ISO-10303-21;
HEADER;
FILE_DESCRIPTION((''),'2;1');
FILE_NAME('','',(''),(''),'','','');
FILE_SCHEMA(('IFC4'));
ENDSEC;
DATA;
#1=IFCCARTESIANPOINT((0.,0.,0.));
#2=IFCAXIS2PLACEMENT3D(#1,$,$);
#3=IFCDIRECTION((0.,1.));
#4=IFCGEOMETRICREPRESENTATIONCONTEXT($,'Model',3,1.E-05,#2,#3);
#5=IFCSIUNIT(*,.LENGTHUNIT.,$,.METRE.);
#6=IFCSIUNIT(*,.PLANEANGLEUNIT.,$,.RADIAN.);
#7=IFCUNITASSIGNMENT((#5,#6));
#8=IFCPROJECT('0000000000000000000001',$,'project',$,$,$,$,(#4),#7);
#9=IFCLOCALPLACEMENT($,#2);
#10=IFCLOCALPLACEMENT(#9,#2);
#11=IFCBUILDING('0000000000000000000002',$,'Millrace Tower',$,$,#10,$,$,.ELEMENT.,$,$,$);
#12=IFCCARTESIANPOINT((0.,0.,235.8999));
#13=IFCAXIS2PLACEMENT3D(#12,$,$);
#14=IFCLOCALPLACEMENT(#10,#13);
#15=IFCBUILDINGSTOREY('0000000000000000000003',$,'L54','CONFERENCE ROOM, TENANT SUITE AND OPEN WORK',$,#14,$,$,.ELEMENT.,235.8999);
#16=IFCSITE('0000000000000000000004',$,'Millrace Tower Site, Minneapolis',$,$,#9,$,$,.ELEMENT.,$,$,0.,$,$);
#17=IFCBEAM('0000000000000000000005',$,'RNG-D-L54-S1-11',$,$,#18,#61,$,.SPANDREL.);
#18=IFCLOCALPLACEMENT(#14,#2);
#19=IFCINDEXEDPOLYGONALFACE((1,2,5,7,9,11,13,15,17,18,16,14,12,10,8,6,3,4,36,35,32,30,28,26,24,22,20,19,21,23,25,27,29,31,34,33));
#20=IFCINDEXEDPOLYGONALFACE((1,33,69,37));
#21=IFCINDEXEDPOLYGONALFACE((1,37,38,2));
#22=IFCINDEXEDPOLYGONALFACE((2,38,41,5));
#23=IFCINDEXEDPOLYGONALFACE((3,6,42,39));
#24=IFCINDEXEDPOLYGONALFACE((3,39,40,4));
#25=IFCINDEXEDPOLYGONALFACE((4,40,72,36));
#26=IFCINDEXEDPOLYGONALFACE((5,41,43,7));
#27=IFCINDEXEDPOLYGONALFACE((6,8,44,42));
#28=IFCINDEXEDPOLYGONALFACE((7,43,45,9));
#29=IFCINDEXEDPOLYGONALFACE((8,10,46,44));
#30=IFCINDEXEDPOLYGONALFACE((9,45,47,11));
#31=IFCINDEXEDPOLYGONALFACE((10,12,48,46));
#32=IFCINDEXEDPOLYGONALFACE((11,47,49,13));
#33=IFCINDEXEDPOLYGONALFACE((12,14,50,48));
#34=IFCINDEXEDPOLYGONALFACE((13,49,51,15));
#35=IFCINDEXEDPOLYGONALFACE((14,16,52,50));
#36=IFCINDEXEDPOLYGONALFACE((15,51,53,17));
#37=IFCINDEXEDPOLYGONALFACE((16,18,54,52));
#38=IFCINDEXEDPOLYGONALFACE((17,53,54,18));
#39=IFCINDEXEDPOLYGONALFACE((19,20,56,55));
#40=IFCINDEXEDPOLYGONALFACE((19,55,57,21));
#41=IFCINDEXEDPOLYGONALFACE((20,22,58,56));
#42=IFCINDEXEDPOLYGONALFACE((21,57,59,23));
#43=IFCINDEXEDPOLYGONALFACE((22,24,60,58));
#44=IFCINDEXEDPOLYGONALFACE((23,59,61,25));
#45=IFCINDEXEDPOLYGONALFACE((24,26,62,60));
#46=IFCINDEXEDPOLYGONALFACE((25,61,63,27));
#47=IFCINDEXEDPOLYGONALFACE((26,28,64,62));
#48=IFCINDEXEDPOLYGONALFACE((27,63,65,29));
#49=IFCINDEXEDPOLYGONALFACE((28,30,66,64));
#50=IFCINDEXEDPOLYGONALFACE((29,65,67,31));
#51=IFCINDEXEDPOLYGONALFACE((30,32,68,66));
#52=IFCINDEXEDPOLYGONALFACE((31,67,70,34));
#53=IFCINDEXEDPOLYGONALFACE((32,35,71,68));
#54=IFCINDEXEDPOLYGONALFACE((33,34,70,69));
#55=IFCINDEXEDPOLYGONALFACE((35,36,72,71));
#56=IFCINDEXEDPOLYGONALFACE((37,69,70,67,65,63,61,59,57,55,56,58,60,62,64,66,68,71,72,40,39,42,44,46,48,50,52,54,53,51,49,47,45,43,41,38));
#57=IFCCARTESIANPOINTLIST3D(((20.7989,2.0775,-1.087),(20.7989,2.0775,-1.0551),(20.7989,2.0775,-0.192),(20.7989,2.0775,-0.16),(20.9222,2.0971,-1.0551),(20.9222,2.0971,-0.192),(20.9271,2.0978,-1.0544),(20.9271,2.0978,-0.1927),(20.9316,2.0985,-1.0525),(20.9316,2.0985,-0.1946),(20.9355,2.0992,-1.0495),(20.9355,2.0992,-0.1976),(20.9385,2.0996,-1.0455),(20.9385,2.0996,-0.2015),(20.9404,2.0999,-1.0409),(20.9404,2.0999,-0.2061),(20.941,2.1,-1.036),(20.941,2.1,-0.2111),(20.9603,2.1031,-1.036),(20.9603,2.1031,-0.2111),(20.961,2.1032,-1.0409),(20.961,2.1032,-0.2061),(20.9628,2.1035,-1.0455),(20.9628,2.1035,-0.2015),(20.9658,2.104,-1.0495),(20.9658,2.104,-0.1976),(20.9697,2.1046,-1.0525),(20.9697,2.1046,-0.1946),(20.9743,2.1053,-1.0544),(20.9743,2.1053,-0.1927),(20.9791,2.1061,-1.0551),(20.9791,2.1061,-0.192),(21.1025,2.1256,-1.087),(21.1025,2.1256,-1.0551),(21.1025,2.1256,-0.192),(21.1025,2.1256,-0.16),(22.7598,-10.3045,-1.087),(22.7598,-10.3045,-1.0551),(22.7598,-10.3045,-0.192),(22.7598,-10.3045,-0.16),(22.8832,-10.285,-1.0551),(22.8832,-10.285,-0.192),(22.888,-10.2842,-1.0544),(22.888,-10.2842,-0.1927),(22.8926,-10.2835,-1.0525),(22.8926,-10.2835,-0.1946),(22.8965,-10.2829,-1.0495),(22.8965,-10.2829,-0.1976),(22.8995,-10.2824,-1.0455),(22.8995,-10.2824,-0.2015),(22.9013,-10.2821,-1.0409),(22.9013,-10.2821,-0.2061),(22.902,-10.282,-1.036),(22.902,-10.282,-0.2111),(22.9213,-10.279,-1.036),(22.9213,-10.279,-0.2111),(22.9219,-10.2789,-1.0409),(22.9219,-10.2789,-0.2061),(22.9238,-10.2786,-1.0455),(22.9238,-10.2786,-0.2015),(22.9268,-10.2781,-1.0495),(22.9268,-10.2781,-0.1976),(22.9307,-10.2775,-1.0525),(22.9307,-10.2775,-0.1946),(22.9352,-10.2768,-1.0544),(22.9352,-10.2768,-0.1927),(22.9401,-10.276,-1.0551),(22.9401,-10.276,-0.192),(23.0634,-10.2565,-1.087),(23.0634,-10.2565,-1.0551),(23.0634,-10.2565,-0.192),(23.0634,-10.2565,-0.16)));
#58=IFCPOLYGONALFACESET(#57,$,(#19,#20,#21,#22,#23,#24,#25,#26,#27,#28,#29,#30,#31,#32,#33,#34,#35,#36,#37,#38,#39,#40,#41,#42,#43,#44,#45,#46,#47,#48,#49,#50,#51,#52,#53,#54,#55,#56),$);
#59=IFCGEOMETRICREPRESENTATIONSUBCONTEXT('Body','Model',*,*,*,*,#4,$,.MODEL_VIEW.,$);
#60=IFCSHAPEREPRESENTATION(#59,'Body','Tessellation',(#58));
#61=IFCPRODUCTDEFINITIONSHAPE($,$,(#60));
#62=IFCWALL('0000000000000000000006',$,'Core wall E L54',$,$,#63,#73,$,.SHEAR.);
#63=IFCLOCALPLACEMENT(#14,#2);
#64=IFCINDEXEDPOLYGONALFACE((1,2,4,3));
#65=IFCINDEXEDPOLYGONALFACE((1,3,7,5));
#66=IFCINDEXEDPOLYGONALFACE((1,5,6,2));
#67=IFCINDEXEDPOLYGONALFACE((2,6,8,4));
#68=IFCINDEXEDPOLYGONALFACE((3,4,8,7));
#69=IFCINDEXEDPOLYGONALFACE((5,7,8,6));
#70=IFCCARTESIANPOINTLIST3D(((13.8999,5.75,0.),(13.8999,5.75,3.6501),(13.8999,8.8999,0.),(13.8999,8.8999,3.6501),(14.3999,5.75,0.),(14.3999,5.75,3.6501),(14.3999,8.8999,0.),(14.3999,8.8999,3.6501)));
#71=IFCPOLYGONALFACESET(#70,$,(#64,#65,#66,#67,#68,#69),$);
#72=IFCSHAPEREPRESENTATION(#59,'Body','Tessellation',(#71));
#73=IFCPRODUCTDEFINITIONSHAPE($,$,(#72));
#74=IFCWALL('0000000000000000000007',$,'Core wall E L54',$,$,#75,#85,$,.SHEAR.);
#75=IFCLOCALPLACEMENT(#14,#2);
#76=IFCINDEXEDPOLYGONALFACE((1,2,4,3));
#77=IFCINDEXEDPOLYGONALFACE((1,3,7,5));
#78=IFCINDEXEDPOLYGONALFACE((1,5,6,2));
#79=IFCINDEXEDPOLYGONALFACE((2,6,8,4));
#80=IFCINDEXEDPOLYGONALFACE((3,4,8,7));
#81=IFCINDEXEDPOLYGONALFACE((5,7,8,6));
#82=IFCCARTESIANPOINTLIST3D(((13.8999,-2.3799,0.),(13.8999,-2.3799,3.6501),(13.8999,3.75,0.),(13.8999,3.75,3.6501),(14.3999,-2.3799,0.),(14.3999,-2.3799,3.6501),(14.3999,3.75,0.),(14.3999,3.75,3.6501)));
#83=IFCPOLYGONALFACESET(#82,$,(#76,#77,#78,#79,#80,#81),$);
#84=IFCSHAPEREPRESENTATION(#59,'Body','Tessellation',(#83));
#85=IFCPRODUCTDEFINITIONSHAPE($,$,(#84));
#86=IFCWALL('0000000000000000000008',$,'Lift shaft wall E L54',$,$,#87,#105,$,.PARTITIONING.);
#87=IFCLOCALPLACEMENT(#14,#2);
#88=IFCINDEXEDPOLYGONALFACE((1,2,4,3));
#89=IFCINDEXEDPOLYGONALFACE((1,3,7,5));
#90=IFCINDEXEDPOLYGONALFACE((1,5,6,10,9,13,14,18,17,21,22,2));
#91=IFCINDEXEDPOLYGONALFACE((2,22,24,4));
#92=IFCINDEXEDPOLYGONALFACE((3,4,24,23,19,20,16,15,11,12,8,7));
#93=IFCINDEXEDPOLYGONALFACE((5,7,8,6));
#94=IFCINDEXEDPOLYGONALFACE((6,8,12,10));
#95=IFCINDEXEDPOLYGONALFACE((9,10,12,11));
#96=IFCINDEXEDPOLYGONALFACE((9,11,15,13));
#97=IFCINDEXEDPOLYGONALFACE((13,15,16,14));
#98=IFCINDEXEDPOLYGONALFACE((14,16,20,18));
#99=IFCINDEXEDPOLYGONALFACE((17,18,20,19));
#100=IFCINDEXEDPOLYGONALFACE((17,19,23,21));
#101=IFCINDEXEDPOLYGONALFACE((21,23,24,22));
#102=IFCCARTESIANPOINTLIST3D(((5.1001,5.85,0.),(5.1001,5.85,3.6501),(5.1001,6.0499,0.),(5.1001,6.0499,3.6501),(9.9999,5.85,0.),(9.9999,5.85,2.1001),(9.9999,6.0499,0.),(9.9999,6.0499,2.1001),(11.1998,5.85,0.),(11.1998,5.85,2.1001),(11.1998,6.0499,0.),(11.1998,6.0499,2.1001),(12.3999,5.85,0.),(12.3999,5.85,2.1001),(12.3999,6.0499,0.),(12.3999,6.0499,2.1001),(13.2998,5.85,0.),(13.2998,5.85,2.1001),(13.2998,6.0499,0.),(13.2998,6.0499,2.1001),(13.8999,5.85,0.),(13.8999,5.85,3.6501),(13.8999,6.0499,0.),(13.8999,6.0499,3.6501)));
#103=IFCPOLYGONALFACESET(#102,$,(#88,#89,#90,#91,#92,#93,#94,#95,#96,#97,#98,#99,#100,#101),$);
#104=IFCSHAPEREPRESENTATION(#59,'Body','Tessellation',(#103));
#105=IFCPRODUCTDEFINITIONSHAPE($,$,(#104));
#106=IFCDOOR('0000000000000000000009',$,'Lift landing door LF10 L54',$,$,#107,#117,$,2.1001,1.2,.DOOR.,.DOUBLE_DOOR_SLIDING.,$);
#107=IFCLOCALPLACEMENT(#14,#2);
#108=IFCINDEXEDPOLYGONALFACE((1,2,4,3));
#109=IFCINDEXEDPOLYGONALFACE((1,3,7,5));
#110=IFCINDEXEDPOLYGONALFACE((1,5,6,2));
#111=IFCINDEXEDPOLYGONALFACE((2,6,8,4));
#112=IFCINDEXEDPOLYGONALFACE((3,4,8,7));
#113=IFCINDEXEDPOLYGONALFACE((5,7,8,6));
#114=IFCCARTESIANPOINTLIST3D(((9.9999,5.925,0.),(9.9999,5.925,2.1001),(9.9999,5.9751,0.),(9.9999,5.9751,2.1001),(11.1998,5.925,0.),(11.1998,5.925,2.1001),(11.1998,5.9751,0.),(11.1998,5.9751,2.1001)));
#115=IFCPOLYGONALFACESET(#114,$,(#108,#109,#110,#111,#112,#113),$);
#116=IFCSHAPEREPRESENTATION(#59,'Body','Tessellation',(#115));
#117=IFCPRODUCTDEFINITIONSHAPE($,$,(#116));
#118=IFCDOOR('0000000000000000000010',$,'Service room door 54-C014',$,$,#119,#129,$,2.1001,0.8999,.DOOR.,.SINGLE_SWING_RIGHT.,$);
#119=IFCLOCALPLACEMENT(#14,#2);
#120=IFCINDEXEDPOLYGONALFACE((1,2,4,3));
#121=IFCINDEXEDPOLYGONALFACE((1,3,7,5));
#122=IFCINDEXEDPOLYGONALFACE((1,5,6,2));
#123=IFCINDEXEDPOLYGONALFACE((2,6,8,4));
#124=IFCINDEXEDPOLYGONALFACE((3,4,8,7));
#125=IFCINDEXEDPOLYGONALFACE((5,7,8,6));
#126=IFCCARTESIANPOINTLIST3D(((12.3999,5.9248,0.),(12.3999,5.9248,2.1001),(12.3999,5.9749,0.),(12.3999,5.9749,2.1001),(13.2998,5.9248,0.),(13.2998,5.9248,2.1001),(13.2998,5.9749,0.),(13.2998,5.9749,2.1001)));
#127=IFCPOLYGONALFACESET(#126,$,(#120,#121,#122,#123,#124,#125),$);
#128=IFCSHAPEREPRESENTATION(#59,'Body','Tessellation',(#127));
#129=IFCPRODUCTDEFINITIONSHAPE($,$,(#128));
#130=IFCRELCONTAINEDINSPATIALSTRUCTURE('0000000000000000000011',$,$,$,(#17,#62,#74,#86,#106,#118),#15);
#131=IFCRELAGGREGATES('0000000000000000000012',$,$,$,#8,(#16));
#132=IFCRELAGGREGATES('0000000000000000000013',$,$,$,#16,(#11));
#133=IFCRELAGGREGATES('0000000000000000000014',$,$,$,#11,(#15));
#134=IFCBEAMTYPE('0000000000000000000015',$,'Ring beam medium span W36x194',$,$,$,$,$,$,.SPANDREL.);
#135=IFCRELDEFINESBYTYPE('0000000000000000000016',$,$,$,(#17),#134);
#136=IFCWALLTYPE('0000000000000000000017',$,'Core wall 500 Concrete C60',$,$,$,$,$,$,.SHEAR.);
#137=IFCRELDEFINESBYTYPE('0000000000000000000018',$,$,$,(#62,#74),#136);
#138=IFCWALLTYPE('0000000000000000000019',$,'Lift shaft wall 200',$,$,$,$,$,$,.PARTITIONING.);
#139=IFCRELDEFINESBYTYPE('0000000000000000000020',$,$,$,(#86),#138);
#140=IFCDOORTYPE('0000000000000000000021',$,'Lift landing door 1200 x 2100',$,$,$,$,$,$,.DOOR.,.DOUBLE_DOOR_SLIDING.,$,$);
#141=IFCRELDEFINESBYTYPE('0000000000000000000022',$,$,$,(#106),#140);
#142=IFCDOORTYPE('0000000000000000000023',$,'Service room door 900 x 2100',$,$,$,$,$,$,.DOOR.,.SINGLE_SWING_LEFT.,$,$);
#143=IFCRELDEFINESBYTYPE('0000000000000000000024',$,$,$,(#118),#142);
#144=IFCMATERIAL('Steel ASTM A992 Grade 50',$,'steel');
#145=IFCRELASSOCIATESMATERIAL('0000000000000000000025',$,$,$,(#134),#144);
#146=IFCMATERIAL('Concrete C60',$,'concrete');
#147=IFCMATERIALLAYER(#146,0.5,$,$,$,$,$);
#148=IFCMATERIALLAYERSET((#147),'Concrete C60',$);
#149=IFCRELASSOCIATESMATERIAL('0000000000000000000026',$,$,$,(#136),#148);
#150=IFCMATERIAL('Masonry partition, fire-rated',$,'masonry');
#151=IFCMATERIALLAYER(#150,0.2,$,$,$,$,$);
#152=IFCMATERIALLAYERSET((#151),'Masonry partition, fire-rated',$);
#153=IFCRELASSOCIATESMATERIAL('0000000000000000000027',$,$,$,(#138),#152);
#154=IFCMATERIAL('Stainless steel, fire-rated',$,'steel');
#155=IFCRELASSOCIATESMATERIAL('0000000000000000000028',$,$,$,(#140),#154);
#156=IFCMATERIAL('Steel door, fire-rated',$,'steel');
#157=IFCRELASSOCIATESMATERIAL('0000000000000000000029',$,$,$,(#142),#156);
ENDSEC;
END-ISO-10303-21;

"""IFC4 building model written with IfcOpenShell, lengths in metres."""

from ifc_helpers import new_model, si_unit, direction, frame, frame_2d, origin, origin_2d, place, context, subcontext, project, spatial, rectangle, i_section, extrude, material, layer, layer_set, material_profile, profile_set, type_object, element, fill, save


model = new_model("IFC4")

# Units and contexts
model_context = context("Model", 3, precision=1e-05, world=origin(), true_north=direction((0.0, 1.0)))
body_context = subcontext(model_context, "Body", "Model", "MODEL_VIEW")
ifc_project = project(units=[si_unit("LENGTHUNIT", "METRE"), si_unit("PLANEANGLEUNIT", "RADIAN")], contexts=[model_context])

# Site, building, storey
site_placement = place(None, origin())
site = spatial("IfcSite", under=ifc_project, at=site_placement, Name="Millrace Tower Site, Minneapolis", CompositionType="ELEMENT", RefElevation=0.0)
building_placement = place(site_placement, origin())
building = spatial("IfcBuilding", under=site, at=building_placement, Name="Millrace Tower", CompositionType="ELEMENT")
storey_placement = place(building_placement, frame((0.0, 0.0, 235.8999)))
storey = spatial("IfcBuildingStorey", under=building, at=storey_placement, Name="L54", Description="CONFERENCE ROOM, TENANT SUITE AND OPEN WORK", CompositionType="ELEMENT", Elevation=235.8999)

# Beam
ifc_material_1 = material(Name="Steel ASTM A992 Grade 50", Category="steel")
ifc_material_profile_1 = material_profile(ifc_material_1, i_section(OverallWidth=0.3074, OverallDepth=0.927, WebThickness=0.0195, FlangeThickness=0.032, FilletRadius=0.019, at=origin_2d()))
ifc_profile_set_1 = profile_set([ifc_material_profile_1], Name="Steel ASTM A992 Grade 50")
beam_type_1 = type_object("IfcBeamType", Name="Ring beam medium span W36x194", PredefinedType="SPANDREL", material=ifc_profile_set_1)
beam_1_placement = place(storey_placement, frame((20.9507, 2.1016, -0.6235), z_axis=(0.15642, -0.987691, 0.0), x_axis=(0.987691, 0.15642, 0.0)))
element("IfcBeam", 1, at=beam_1_placement, inside=storey, type_object=beam_type_1, Name="RNG-D-L54-S1-11", PredefinedType="SPANDREL", context=body_context, shape_type="SweptSolid", body=[
    extrude(i_section(OverallWidth=0.3074, OverallDepth=0.927, WebThickness=0.0195, FlangeThickness=0.032, FilletRadius=0.019, at=origin_2d()), origin(), (0.0, 0.0, 1.0), 12.5364),
])

# Walls
ifc_material_2 = material(Name="Concrete C60", Category="concrete")
ifc_layer_1 = layer(ifc_material_2, 0.5)
ifc_layer_set_1 = layer_set([ifc_layer_1], Name="Concrete C60")
wall_type_1 = type_object("IfcWallType", Name="Core wall 500 Concrete C60", PredefinedType="SHEAR", material=ifc_layer_set_1)
wall_1_placement = place(storey_placement, frame((14.1499, 8.8999, 0.0), z_axis=(0.0, 0.0, 1.0), x_axis=(0.0, -1.0, 0.0)))
element("IfcWall", 2, at=wall_1_placement, inside=storey, type_object=wall_type_1, Name="Core wall E L54", PredefinedType="SHEAR", context=body_context, shape_type="SweptSolid", body=[
    extrude(rectangle(XDim=3.1499, YDim=0.5, at=frame_2d((1.575, 0.0))), origin(), (0.0, 0.0, 1.0), 3.6501),
])
wall_2_placement = place(storey_placement, frame((14.1499, 3.75, 0.0), z_axis=(0.0, 0.0, 1.0), x_axis=(0.0, -1.0, 0.0)))
element("IfcWall", 3, at=wall_2_placement, inside=storey, type_object=wall_type_1, Name="Core wall E L54", PredefinedType="SHEAR", context=body_context, shape_type="SweptSolid", body=[
    extrude(rectangle(XDim=6.1299, YDim=0.5, at=frame_2d((3.0649, 0.0))), origin(), (0.0, 0.0, 1.0), 3.6501),
])

# Wall, openings, doors
ifc_material_3 = material(Name="Masonry partition, fire-rated", Category="masonry")
ifc_layer_2 = layer(ifc_material_3, 0.2)
ifc_layer_set_2 = layer_set([ifc_layer_2], Name="Masonry partition, fire-rated")
wall_type_2 = type_object("IfcWallType", Name="Lift shaft wall 200", PredefinedType="PARTITIONING", material=ifc_layer_set_2)
wall_3_placement = place(storey_placement, frame((13.8999, 5.95, 0.0), z_axis=(0.0, 0.0, 1.0), x_axis=(-1.0, 0.0, 0.0)))
wall_3 = element("IfcWall", 4, at=wall_3_placement, inside=storey, type_object=wall_type_2, Name="Lift shaft wall E L54", PredefinedType="PARTITIONING", context=body_context, shape_type="SweptSolid", body=[
    extrude(rectangle(XDim=8.7998, YDim=0.2, at=frame_2d((4.3999, 0.0))), origin(), (0.0, 0.0, 1.0), 3.6501),
])
opening_1_placement = place(wall_3_placement, frame((2.7, 0.0, 0.0)))
opening_1 = element("IfcOpeningElement", 5, at=opening_1_placement, cuts=wall_3, PredefinedType="OPENING", context=body_context, shape_type="SweptSolid", body=[
    extrude(rectangle(XDim=1.2, YDim=2.1001, at=frame_2d((0.6001, 1.05))), frame((0.0, 0.1099, 0.0), z_axis=(0.0, -1.0, 0.0), x_axis=(1.0, 0.0, 0.0)), (0.0, 0.0, 1.0), 0.22),
])
opening_2_placement = place(wall_3_placement, frame((0.6001, 0.0, 0.0)))
opening_2 = element("IfcOpeningElement", 6, at=opening_2_placement, cuts=wall_3, PredefinedType="OPENING", context=body_context, shape_type="SweptSolid", body=[
    extrude(rectangle(XDim=0.8999, YDim=2.1001, at=frame_2d((0.45, 1.05))), frame((0.0, 0.1099, 0.0), z_axis=(0.0, -1.0, 0.0), x_axis=(1.0, 0.0, 0.0)), (0.0, 0.0, 1.0), 0.22),
])
ifc_material_4 = material(Name="Stainless steel, fire-rated", Category="steel")
door_type_1 = type_object("IfcDoorType", Name="Lift landing door 1200 x 2100", OperationType="DOUBLE_DOOR_SLIDING", PredefinedType="DOOR", material=ifc_material_4)
door_1_placement = place(opening_1_placement, origin())
door_1 = element("IfcDoor", 7, at=door_1_placement, inside=storey, type_object=door_type_1, Name="Lift landing door LF10 L54", OperationType="DOUBLE_DOOR_SLIDING", OverallHeight=2.1001, OverallWidth=1.2, PredefinedType="DOOR", context=body_context, shape_type="SweptSolid", body=[
    extrude(rectangle(XDim=1.2, YDim=2.1001, at=frame_2d((0.6001, 1.05))), frame((0.0, 0.0249, 0.0), z_axis=(0.0, -1.0, 0.0), x_axis=(1.0, 0.0, 0.0)), (0.0, 0.0, 1.0), 0.05),
])
fill(opening_1, door_1)
ifc_material_5 = material(Name="Steel door, fire-rated", Category="steel")
door_type_2 = type_object("IfcDoorType", Name="Service room door 900 x 2100", OperationType="SINGLE_SWING_LEFT", PredefinedType="DOOR", material=ifc_material_5)
door_2_placement = place(opening_2_placement, frame((0.8999, 0.0, 0.0), z_axis=(0.0, 0.0, 1.0), x_axis=(-1.0, 0.0, 0.0)))
door_2 = element("IfcDoor", 8, at=door_2_placement, inside=storey, type_object=door_type_2, Name="Service room door 54-C014", OperationType="SINGLE_SWING_RIGHT", OverallHeight=2.1001, OverallWidth=0.8999, PredefinedType="DOOR", context=body_context, shape_type="SweptSolid", body=[
    extrude(rectangle(XDim=0.8999, YDim=2.1001, at=frame_2d((0.45, 1.05))), frame((0.0, 0.0249, 0.0), z_axis=(0.0, -1.0, 0.0), x_axis=(1.0, 0.0, 0.0)), (0.0, 0.0, 1.0), 0.05),
])
fill(opening_2, door_2)

save(model, "model.ifc")
